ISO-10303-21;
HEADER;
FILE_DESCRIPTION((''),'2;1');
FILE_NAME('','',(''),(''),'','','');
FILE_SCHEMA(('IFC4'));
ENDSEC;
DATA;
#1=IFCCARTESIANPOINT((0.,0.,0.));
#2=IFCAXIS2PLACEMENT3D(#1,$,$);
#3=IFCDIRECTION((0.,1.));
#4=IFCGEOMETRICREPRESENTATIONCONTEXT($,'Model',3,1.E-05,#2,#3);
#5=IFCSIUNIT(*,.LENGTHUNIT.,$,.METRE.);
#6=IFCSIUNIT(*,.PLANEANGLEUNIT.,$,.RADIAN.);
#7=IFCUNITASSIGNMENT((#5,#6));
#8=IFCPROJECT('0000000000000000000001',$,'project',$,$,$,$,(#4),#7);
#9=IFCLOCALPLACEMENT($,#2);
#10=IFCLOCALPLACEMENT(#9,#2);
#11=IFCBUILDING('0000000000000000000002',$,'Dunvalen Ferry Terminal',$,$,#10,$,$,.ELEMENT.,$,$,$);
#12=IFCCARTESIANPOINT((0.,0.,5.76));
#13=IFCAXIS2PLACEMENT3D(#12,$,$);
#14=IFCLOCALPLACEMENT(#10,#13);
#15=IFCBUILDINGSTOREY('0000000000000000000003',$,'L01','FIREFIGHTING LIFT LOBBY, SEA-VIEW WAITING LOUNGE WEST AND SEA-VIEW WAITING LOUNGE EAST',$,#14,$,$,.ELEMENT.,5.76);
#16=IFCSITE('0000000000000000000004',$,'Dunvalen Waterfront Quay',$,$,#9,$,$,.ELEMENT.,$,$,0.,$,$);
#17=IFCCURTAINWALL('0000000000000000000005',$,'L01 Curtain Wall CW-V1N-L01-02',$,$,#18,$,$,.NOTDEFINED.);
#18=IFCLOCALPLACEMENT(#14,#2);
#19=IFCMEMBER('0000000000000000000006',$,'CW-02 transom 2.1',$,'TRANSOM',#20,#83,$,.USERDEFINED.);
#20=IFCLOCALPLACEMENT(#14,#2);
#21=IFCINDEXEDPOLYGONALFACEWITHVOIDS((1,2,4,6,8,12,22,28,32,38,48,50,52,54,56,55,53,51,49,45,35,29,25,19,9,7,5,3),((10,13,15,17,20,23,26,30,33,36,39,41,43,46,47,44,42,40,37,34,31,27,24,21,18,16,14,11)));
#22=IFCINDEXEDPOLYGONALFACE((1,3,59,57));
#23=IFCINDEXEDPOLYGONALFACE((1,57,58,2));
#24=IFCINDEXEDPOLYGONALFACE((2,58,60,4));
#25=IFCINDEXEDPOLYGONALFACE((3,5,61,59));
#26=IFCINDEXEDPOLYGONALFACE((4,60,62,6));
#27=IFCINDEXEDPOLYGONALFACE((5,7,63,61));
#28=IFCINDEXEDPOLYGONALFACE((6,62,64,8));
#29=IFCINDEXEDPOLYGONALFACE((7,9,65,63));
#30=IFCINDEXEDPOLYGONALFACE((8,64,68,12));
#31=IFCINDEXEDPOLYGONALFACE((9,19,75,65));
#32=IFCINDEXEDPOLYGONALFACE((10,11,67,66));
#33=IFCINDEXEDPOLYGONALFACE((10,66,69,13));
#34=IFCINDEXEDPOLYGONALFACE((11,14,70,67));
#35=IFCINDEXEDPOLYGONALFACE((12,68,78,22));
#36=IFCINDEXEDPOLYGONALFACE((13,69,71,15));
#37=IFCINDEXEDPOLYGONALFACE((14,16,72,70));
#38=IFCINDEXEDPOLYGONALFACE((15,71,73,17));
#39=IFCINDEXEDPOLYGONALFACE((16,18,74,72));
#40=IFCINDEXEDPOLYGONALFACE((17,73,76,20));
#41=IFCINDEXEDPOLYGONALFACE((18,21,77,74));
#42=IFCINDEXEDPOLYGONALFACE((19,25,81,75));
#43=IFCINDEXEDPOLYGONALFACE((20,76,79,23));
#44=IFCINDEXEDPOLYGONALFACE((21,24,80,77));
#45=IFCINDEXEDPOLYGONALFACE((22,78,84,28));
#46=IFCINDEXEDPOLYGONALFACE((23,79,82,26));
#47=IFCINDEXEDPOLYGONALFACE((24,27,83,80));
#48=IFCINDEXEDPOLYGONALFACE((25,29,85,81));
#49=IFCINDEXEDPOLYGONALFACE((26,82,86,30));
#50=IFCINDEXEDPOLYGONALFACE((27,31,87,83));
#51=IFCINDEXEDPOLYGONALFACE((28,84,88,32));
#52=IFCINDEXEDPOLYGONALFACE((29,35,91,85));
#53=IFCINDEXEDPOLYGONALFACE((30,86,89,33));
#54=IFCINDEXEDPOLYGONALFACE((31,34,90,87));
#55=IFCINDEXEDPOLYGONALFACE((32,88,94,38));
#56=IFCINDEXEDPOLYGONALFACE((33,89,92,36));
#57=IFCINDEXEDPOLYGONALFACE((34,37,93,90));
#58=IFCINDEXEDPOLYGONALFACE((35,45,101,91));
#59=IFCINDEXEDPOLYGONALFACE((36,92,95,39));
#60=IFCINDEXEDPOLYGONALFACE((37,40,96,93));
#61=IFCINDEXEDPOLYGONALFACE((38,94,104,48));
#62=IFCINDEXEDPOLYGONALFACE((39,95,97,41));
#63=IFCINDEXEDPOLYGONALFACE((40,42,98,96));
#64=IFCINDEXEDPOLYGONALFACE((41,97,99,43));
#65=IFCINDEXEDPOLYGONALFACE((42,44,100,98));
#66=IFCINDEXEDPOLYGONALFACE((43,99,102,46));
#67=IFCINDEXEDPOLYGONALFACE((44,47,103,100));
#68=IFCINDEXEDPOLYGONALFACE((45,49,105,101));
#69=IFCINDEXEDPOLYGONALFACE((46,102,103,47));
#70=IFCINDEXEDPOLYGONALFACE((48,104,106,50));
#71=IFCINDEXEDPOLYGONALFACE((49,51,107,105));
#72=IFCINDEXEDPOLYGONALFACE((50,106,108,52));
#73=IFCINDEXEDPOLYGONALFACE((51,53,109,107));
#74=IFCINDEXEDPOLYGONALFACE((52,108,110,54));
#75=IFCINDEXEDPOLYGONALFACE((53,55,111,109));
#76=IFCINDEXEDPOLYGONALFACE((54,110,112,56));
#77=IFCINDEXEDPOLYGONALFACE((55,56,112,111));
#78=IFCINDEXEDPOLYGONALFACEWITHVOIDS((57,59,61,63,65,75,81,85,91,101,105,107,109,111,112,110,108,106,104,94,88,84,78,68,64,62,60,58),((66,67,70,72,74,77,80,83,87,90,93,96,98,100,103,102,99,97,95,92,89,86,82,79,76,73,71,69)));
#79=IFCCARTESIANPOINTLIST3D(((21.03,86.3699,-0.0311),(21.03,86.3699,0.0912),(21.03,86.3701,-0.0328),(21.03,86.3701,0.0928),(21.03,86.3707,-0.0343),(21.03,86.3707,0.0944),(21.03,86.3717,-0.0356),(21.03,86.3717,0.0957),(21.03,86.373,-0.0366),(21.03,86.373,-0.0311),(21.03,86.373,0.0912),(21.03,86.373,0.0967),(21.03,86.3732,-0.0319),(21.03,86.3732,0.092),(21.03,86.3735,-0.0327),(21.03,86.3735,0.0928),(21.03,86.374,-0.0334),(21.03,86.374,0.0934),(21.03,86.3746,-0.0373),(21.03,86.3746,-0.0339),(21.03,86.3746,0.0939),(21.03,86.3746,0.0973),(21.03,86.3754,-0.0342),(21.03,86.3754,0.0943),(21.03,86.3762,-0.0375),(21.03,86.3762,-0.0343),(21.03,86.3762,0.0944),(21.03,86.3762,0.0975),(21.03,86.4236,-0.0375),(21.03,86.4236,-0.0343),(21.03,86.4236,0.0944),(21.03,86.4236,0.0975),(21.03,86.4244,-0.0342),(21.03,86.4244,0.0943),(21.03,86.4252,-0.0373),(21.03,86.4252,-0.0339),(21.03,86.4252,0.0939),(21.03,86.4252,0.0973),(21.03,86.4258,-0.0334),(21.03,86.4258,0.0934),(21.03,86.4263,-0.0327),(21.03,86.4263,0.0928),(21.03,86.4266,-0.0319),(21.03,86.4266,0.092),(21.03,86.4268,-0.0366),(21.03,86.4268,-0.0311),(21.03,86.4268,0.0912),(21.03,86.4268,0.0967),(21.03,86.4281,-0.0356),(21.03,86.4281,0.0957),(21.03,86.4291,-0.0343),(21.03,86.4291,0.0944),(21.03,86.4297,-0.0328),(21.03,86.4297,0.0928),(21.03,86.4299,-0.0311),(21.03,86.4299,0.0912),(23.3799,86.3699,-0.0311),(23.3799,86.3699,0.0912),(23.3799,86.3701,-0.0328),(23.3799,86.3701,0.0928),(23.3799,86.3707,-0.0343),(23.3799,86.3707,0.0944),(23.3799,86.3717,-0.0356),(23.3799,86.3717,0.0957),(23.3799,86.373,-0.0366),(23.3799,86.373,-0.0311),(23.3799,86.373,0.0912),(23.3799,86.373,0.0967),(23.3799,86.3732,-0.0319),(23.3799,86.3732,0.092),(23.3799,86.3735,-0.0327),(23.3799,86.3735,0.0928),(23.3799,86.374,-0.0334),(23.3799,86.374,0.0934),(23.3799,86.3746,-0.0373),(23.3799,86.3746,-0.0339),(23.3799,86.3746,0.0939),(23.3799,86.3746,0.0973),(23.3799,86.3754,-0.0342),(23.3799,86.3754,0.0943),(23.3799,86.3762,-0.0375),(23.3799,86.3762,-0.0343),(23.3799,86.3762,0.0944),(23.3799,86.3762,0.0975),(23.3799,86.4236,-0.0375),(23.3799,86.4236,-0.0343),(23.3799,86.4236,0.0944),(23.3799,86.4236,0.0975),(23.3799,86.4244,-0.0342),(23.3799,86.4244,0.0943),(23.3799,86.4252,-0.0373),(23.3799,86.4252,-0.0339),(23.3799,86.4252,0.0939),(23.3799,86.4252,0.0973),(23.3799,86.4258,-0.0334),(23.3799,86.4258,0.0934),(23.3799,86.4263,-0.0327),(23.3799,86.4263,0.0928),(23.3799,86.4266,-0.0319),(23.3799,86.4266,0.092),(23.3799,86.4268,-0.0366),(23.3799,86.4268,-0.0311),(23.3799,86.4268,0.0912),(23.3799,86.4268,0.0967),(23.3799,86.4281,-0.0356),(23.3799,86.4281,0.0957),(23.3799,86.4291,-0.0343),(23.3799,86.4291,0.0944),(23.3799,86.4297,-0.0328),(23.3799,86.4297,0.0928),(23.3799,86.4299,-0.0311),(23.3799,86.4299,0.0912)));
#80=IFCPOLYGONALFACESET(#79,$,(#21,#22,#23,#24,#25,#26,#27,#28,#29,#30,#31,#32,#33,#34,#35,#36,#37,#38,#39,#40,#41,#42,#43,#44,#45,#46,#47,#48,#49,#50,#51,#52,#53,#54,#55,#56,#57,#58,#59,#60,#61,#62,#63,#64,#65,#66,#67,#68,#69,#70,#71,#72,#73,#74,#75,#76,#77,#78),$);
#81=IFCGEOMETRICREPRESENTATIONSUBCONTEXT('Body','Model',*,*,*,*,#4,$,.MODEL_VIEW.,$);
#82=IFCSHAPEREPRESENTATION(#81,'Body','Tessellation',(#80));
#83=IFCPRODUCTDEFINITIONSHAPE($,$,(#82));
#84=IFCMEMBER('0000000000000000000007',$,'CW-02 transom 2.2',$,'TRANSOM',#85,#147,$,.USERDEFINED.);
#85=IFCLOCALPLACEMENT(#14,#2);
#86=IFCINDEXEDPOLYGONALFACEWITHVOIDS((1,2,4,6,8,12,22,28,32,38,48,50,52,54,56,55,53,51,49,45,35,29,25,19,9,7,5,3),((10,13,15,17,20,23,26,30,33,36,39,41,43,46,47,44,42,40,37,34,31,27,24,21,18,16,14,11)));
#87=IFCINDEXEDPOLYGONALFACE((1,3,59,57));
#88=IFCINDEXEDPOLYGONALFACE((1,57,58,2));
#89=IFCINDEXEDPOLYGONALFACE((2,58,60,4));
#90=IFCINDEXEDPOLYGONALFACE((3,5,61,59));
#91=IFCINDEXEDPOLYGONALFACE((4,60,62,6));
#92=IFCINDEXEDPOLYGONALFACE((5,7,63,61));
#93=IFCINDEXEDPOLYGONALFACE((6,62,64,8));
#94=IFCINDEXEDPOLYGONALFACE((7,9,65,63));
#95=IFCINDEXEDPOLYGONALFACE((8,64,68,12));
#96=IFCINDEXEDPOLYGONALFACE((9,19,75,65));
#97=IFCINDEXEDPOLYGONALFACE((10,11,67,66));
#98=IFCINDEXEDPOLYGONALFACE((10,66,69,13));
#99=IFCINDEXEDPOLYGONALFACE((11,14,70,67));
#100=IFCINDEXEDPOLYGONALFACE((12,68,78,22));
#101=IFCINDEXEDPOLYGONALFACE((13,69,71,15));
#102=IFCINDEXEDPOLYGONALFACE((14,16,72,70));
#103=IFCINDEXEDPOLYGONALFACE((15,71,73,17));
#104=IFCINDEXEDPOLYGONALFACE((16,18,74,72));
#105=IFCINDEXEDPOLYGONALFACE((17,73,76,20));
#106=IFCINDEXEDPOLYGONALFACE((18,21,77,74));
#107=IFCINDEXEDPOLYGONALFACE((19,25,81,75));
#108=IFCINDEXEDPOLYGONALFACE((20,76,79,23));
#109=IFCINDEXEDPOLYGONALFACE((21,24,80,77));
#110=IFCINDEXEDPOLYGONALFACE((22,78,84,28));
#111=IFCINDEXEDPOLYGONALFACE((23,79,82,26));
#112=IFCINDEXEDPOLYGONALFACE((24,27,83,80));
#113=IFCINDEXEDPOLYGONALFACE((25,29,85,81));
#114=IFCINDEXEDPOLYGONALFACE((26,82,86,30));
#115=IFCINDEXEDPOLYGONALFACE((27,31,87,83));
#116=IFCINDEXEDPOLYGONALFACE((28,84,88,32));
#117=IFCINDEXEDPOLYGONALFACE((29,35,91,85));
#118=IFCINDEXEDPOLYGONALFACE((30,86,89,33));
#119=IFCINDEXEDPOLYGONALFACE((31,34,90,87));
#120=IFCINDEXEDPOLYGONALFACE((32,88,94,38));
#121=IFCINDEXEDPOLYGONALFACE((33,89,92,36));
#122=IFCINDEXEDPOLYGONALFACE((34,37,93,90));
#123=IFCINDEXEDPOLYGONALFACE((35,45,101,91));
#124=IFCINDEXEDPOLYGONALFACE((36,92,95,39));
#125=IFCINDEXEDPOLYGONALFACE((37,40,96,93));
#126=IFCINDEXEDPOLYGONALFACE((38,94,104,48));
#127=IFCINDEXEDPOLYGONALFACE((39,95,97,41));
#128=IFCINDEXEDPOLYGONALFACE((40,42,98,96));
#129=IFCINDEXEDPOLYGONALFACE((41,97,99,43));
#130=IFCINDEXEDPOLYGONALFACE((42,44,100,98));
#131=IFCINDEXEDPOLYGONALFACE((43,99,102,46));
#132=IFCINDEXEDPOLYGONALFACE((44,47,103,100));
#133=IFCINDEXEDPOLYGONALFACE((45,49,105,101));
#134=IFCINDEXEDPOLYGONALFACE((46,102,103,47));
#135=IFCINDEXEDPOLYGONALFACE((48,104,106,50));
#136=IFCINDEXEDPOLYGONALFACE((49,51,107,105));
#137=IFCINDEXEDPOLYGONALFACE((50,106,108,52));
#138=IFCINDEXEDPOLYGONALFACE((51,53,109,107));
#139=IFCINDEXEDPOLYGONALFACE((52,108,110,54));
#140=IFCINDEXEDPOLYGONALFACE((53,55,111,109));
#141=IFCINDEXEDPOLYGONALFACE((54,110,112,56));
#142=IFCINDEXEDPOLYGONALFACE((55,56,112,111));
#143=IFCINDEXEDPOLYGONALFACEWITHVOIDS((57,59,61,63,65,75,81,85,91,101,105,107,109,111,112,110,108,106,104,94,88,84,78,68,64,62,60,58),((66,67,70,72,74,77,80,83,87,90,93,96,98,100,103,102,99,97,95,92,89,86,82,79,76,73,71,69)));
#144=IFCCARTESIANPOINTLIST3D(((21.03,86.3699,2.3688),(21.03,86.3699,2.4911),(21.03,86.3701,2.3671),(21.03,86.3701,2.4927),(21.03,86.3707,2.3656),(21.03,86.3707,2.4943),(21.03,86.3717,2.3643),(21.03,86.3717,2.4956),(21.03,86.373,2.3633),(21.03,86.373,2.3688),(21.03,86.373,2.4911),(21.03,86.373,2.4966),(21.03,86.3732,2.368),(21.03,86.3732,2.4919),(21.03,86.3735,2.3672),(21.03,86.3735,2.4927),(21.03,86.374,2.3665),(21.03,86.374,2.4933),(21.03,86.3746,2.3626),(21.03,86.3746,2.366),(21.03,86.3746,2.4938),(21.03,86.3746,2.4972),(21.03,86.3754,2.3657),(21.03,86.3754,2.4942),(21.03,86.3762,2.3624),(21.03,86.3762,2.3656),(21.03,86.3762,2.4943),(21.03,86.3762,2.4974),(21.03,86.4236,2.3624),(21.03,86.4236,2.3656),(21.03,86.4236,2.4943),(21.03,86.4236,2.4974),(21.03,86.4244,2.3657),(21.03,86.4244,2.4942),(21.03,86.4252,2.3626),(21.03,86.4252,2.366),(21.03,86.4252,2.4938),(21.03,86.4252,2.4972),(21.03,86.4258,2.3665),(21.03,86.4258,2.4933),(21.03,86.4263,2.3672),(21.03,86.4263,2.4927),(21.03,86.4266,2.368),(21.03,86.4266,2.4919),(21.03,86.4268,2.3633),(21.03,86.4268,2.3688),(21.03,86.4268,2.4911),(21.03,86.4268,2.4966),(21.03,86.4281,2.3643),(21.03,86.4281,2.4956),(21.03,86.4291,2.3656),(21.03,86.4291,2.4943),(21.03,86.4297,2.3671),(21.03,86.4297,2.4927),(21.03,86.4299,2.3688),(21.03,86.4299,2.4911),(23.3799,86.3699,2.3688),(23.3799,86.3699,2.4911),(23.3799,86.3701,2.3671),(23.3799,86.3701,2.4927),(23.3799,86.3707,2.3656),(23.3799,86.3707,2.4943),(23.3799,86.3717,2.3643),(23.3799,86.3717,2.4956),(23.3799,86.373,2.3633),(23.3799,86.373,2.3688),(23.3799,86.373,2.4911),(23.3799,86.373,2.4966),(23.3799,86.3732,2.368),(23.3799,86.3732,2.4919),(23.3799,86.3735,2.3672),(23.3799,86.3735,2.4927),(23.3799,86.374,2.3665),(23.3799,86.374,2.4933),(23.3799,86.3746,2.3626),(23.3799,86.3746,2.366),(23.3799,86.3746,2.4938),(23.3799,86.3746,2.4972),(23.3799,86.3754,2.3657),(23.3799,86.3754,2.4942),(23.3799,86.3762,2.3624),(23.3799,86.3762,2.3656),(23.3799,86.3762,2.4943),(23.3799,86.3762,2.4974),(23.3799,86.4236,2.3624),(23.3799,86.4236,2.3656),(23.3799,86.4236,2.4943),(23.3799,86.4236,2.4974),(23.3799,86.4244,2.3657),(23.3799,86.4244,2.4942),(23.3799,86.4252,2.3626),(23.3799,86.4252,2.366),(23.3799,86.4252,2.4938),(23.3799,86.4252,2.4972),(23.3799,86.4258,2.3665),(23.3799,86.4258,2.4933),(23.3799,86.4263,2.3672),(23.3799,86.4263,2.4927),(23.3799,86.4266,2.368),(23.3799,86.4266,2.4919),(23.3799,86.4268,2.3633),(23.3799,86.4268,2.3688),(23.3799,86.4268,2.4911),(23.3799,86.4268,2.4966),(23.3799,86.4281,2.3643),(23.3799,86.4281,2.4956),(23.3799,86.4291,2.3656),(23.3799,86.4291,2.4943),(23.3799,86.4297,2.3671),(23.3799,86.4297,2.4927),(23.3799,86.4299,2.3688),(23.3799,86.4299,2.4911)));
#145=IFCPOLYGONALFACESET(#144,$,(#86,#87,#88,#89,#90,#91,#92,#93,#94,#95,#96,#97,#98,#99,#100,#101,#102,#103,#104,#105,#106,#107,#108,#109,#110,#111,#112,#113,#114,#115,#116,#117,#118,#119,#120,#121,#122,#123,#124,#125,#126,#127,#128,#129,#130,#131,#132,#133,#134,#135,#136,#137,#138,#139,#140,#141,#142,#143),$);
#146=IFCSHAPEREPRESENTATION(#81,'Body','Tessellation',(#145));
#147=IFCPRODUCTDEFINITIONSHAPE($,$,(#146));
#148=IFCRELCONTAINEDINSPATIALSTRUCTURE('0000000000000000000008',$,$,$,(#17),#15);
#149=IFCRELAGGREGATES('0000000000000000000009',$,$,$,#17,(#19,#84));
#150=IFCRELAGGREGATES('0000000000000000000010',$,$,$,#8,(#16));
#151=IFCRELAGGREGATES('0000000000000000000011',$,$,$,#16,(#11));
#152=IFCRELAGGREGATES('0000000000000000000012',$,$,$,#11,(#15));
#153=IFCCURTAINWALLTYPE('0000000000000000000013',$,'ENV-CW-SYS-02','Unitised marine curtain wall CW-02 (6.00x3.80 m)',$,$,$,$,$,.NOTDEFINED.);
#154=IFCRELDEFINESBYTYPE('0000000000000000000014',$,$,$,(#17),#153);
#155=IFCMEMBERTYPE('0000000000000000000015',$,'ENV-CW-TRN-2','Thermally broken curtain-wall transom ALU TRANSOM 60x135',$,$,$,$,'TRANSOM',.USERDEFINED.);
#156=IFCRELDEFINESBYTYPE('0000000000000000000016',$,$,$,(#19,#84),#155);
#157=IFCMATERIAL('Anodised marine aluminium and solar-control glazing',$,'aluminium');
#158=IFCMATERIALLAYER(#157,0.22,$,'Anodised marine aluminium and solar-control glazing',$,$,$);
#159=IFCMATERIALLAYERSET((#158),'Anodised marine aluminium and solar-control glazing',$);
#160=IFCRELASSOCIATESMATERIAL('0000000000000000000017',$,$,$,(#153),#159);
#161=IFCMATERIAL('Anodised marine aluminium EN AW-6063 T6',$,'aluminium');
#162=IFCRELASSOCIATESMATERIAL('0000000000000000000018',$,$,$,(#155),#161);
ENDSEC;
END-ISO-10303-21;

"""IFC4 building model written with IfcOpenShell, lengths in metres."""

from ifc_helpers import new_model, si_unit, direction, frame, origin, origin_2d, place, context, subcontext, project, spatial, hollow_rectangle, extrude, material, layer, layer_set, material_profile, profile_set, type_object, element, aggregate, save


model = new_model("IFC4")

# Units and contexts
model_context = context("Model", 3, precision=1e-05, world=origin(), true_north=direction((0.0, 1.0)))
body_context = subcontext(model_context, "Body", "Model", "MODEL_VIEW")
ifc_project = project(units=[si_unit("LENGTHUNIT", "METRE"), si_unit("PLANEANGLEUNIT", "RADIAN")], contexts=[model_context])

# Site, building, storey
site_placement = place(None, origin())
site = spatial("IfcSite", under=ifc_project, at=site_placement, Name="Dunvalen Waterfront Quay", CompositionType="ELEMENT", RefElevation=0.0)
building_placement = place(site_placement, origin())
building = spatial("IfcBuilding", under=site, at=building_placement, Name="Dunvalen Ferry Terminal", CompositionType="ELEMENT")
storey_placement = place(building_placement, frame((0.0, 0.0, 5.76)))
storey = spatial("IfcBuildingStorey", under=building, at=storey_placement, Name="L01", Description="FIREFIGHTING LIFT LOBBY, SEA-VIEW WAITING LOUNGE WEST AND SEA-VIEW WAITING LOUNGE EAST", CompositionType="ELEMENT", Elevation=5.76)

# Curtain wall, members
ifc_material_1 = material(Name="Anodised marine aluminium and solar-control glazing", Category="aluminium")
ifc_layer_1 = layer(ifc_material_1, 0.22, Name="Anodised marine aluminium and solar-control glazing")
ifc_layer_set_1 = layer_set([ifc_layer_1], Name="Anodised marine aluminium and solar-control glazing")
curtain_wall_type = type_object("IfcCurtainWallType", Name="ENV-CW-SYS-02", Description="Unitised marine curtain wall CW-02 (6.00x3.80 m)", PredefinedType="NOTDEFINED", material=ifc_layer_set_1)
curtain_wall_placement = place(storey_placement, origin())
curtain_wall = element("IfcCurtainWall", 1, at=curtain_wall_placement, inside=storey, type_object=curtain_wall_type, Name="L01 Curtain Wall CW-V1N-L01-02", PredefinedType="NOTDEFINED")
ifc_material_2 = material(Name="Anodised marine aluminium EN AW-6063 T6", Category="aluminium")
ifc_material_profile_1 = material_profile(ifc_material_2, hollow_rectangle(XDim=0.0601, YDim=0.135, WallThickness=0.0032, InnerFilletRadius=0.0032, OuterFilletRadius=0.0063, at=origin_2d()), Name="Anodised marine aluminium EN AW-6063 T6")
ifc_profile_set_1 = profile_set([ifc_material_profile_1], Name="Anodised marine aluminium EN AW-6063 T6")
member_type_1 = type_object("IfcMemberType", Name="ENV-CW-TRN-2", Description="Thermally broken curtain-wall transom ALU TRANSOM 60x135", ElementType="TRANSOM", PredefinedType="USERDEFINED", material=ifc_profile_set_1)
member_1_placement = place(storey_placement, frame((21.03, 86.3999, 0.03), z_axis=(1.0, 0.0, 0.0), x_axis=(0.0, 1.0, 0.0)))
member_1 = element("IfcMember", 2, at=member_1_placement, type_object=member_type_1, Name="CW-02 transom 2.1", ObjectType="TRANSOM", PredefinedType="USERDEFINED", context=body_context, shape_type="SweptSolid", body=[
    extrude(hollow_rectangle(XDim=0.0601, YDim=0.135, WallThickness=0.0032, InnerFilletRadius=0.0032, OuterFilletRadius=0.0063, at=origin_2d()), origin(), (0.0, 0.0, 1.0), 2.3499),
])
member_2_placement = place(storey_placement, frame((21.03, 86.3999, 2.4299), z_axis=(1.0, 0.0, 0.0), x_axis=(0.0, 1.0, 0.0)))
member_2 = element("IfcMember", 3, at=member_2_placement, type_object=member_type_1, Name="CW-02 transom 2.2", ObjectType="TRANSOM", PredefinedType="USERDEFINED", context=body_context, shape_type="SweptSolid", body=[
    extrude(hollow_rectangle(XDim=0.0601, YDim=0.135, WallThickness=0.0032, InnerFilletRadius=0.0032, OuterFilletRadius=0.0063, at=origin_2d()), origin(), (0.0, 0.0, 1.0), 2.3499),
])

aggregate(curtain_wall, [member_1, member_2])

save(model, "model.ifc")
